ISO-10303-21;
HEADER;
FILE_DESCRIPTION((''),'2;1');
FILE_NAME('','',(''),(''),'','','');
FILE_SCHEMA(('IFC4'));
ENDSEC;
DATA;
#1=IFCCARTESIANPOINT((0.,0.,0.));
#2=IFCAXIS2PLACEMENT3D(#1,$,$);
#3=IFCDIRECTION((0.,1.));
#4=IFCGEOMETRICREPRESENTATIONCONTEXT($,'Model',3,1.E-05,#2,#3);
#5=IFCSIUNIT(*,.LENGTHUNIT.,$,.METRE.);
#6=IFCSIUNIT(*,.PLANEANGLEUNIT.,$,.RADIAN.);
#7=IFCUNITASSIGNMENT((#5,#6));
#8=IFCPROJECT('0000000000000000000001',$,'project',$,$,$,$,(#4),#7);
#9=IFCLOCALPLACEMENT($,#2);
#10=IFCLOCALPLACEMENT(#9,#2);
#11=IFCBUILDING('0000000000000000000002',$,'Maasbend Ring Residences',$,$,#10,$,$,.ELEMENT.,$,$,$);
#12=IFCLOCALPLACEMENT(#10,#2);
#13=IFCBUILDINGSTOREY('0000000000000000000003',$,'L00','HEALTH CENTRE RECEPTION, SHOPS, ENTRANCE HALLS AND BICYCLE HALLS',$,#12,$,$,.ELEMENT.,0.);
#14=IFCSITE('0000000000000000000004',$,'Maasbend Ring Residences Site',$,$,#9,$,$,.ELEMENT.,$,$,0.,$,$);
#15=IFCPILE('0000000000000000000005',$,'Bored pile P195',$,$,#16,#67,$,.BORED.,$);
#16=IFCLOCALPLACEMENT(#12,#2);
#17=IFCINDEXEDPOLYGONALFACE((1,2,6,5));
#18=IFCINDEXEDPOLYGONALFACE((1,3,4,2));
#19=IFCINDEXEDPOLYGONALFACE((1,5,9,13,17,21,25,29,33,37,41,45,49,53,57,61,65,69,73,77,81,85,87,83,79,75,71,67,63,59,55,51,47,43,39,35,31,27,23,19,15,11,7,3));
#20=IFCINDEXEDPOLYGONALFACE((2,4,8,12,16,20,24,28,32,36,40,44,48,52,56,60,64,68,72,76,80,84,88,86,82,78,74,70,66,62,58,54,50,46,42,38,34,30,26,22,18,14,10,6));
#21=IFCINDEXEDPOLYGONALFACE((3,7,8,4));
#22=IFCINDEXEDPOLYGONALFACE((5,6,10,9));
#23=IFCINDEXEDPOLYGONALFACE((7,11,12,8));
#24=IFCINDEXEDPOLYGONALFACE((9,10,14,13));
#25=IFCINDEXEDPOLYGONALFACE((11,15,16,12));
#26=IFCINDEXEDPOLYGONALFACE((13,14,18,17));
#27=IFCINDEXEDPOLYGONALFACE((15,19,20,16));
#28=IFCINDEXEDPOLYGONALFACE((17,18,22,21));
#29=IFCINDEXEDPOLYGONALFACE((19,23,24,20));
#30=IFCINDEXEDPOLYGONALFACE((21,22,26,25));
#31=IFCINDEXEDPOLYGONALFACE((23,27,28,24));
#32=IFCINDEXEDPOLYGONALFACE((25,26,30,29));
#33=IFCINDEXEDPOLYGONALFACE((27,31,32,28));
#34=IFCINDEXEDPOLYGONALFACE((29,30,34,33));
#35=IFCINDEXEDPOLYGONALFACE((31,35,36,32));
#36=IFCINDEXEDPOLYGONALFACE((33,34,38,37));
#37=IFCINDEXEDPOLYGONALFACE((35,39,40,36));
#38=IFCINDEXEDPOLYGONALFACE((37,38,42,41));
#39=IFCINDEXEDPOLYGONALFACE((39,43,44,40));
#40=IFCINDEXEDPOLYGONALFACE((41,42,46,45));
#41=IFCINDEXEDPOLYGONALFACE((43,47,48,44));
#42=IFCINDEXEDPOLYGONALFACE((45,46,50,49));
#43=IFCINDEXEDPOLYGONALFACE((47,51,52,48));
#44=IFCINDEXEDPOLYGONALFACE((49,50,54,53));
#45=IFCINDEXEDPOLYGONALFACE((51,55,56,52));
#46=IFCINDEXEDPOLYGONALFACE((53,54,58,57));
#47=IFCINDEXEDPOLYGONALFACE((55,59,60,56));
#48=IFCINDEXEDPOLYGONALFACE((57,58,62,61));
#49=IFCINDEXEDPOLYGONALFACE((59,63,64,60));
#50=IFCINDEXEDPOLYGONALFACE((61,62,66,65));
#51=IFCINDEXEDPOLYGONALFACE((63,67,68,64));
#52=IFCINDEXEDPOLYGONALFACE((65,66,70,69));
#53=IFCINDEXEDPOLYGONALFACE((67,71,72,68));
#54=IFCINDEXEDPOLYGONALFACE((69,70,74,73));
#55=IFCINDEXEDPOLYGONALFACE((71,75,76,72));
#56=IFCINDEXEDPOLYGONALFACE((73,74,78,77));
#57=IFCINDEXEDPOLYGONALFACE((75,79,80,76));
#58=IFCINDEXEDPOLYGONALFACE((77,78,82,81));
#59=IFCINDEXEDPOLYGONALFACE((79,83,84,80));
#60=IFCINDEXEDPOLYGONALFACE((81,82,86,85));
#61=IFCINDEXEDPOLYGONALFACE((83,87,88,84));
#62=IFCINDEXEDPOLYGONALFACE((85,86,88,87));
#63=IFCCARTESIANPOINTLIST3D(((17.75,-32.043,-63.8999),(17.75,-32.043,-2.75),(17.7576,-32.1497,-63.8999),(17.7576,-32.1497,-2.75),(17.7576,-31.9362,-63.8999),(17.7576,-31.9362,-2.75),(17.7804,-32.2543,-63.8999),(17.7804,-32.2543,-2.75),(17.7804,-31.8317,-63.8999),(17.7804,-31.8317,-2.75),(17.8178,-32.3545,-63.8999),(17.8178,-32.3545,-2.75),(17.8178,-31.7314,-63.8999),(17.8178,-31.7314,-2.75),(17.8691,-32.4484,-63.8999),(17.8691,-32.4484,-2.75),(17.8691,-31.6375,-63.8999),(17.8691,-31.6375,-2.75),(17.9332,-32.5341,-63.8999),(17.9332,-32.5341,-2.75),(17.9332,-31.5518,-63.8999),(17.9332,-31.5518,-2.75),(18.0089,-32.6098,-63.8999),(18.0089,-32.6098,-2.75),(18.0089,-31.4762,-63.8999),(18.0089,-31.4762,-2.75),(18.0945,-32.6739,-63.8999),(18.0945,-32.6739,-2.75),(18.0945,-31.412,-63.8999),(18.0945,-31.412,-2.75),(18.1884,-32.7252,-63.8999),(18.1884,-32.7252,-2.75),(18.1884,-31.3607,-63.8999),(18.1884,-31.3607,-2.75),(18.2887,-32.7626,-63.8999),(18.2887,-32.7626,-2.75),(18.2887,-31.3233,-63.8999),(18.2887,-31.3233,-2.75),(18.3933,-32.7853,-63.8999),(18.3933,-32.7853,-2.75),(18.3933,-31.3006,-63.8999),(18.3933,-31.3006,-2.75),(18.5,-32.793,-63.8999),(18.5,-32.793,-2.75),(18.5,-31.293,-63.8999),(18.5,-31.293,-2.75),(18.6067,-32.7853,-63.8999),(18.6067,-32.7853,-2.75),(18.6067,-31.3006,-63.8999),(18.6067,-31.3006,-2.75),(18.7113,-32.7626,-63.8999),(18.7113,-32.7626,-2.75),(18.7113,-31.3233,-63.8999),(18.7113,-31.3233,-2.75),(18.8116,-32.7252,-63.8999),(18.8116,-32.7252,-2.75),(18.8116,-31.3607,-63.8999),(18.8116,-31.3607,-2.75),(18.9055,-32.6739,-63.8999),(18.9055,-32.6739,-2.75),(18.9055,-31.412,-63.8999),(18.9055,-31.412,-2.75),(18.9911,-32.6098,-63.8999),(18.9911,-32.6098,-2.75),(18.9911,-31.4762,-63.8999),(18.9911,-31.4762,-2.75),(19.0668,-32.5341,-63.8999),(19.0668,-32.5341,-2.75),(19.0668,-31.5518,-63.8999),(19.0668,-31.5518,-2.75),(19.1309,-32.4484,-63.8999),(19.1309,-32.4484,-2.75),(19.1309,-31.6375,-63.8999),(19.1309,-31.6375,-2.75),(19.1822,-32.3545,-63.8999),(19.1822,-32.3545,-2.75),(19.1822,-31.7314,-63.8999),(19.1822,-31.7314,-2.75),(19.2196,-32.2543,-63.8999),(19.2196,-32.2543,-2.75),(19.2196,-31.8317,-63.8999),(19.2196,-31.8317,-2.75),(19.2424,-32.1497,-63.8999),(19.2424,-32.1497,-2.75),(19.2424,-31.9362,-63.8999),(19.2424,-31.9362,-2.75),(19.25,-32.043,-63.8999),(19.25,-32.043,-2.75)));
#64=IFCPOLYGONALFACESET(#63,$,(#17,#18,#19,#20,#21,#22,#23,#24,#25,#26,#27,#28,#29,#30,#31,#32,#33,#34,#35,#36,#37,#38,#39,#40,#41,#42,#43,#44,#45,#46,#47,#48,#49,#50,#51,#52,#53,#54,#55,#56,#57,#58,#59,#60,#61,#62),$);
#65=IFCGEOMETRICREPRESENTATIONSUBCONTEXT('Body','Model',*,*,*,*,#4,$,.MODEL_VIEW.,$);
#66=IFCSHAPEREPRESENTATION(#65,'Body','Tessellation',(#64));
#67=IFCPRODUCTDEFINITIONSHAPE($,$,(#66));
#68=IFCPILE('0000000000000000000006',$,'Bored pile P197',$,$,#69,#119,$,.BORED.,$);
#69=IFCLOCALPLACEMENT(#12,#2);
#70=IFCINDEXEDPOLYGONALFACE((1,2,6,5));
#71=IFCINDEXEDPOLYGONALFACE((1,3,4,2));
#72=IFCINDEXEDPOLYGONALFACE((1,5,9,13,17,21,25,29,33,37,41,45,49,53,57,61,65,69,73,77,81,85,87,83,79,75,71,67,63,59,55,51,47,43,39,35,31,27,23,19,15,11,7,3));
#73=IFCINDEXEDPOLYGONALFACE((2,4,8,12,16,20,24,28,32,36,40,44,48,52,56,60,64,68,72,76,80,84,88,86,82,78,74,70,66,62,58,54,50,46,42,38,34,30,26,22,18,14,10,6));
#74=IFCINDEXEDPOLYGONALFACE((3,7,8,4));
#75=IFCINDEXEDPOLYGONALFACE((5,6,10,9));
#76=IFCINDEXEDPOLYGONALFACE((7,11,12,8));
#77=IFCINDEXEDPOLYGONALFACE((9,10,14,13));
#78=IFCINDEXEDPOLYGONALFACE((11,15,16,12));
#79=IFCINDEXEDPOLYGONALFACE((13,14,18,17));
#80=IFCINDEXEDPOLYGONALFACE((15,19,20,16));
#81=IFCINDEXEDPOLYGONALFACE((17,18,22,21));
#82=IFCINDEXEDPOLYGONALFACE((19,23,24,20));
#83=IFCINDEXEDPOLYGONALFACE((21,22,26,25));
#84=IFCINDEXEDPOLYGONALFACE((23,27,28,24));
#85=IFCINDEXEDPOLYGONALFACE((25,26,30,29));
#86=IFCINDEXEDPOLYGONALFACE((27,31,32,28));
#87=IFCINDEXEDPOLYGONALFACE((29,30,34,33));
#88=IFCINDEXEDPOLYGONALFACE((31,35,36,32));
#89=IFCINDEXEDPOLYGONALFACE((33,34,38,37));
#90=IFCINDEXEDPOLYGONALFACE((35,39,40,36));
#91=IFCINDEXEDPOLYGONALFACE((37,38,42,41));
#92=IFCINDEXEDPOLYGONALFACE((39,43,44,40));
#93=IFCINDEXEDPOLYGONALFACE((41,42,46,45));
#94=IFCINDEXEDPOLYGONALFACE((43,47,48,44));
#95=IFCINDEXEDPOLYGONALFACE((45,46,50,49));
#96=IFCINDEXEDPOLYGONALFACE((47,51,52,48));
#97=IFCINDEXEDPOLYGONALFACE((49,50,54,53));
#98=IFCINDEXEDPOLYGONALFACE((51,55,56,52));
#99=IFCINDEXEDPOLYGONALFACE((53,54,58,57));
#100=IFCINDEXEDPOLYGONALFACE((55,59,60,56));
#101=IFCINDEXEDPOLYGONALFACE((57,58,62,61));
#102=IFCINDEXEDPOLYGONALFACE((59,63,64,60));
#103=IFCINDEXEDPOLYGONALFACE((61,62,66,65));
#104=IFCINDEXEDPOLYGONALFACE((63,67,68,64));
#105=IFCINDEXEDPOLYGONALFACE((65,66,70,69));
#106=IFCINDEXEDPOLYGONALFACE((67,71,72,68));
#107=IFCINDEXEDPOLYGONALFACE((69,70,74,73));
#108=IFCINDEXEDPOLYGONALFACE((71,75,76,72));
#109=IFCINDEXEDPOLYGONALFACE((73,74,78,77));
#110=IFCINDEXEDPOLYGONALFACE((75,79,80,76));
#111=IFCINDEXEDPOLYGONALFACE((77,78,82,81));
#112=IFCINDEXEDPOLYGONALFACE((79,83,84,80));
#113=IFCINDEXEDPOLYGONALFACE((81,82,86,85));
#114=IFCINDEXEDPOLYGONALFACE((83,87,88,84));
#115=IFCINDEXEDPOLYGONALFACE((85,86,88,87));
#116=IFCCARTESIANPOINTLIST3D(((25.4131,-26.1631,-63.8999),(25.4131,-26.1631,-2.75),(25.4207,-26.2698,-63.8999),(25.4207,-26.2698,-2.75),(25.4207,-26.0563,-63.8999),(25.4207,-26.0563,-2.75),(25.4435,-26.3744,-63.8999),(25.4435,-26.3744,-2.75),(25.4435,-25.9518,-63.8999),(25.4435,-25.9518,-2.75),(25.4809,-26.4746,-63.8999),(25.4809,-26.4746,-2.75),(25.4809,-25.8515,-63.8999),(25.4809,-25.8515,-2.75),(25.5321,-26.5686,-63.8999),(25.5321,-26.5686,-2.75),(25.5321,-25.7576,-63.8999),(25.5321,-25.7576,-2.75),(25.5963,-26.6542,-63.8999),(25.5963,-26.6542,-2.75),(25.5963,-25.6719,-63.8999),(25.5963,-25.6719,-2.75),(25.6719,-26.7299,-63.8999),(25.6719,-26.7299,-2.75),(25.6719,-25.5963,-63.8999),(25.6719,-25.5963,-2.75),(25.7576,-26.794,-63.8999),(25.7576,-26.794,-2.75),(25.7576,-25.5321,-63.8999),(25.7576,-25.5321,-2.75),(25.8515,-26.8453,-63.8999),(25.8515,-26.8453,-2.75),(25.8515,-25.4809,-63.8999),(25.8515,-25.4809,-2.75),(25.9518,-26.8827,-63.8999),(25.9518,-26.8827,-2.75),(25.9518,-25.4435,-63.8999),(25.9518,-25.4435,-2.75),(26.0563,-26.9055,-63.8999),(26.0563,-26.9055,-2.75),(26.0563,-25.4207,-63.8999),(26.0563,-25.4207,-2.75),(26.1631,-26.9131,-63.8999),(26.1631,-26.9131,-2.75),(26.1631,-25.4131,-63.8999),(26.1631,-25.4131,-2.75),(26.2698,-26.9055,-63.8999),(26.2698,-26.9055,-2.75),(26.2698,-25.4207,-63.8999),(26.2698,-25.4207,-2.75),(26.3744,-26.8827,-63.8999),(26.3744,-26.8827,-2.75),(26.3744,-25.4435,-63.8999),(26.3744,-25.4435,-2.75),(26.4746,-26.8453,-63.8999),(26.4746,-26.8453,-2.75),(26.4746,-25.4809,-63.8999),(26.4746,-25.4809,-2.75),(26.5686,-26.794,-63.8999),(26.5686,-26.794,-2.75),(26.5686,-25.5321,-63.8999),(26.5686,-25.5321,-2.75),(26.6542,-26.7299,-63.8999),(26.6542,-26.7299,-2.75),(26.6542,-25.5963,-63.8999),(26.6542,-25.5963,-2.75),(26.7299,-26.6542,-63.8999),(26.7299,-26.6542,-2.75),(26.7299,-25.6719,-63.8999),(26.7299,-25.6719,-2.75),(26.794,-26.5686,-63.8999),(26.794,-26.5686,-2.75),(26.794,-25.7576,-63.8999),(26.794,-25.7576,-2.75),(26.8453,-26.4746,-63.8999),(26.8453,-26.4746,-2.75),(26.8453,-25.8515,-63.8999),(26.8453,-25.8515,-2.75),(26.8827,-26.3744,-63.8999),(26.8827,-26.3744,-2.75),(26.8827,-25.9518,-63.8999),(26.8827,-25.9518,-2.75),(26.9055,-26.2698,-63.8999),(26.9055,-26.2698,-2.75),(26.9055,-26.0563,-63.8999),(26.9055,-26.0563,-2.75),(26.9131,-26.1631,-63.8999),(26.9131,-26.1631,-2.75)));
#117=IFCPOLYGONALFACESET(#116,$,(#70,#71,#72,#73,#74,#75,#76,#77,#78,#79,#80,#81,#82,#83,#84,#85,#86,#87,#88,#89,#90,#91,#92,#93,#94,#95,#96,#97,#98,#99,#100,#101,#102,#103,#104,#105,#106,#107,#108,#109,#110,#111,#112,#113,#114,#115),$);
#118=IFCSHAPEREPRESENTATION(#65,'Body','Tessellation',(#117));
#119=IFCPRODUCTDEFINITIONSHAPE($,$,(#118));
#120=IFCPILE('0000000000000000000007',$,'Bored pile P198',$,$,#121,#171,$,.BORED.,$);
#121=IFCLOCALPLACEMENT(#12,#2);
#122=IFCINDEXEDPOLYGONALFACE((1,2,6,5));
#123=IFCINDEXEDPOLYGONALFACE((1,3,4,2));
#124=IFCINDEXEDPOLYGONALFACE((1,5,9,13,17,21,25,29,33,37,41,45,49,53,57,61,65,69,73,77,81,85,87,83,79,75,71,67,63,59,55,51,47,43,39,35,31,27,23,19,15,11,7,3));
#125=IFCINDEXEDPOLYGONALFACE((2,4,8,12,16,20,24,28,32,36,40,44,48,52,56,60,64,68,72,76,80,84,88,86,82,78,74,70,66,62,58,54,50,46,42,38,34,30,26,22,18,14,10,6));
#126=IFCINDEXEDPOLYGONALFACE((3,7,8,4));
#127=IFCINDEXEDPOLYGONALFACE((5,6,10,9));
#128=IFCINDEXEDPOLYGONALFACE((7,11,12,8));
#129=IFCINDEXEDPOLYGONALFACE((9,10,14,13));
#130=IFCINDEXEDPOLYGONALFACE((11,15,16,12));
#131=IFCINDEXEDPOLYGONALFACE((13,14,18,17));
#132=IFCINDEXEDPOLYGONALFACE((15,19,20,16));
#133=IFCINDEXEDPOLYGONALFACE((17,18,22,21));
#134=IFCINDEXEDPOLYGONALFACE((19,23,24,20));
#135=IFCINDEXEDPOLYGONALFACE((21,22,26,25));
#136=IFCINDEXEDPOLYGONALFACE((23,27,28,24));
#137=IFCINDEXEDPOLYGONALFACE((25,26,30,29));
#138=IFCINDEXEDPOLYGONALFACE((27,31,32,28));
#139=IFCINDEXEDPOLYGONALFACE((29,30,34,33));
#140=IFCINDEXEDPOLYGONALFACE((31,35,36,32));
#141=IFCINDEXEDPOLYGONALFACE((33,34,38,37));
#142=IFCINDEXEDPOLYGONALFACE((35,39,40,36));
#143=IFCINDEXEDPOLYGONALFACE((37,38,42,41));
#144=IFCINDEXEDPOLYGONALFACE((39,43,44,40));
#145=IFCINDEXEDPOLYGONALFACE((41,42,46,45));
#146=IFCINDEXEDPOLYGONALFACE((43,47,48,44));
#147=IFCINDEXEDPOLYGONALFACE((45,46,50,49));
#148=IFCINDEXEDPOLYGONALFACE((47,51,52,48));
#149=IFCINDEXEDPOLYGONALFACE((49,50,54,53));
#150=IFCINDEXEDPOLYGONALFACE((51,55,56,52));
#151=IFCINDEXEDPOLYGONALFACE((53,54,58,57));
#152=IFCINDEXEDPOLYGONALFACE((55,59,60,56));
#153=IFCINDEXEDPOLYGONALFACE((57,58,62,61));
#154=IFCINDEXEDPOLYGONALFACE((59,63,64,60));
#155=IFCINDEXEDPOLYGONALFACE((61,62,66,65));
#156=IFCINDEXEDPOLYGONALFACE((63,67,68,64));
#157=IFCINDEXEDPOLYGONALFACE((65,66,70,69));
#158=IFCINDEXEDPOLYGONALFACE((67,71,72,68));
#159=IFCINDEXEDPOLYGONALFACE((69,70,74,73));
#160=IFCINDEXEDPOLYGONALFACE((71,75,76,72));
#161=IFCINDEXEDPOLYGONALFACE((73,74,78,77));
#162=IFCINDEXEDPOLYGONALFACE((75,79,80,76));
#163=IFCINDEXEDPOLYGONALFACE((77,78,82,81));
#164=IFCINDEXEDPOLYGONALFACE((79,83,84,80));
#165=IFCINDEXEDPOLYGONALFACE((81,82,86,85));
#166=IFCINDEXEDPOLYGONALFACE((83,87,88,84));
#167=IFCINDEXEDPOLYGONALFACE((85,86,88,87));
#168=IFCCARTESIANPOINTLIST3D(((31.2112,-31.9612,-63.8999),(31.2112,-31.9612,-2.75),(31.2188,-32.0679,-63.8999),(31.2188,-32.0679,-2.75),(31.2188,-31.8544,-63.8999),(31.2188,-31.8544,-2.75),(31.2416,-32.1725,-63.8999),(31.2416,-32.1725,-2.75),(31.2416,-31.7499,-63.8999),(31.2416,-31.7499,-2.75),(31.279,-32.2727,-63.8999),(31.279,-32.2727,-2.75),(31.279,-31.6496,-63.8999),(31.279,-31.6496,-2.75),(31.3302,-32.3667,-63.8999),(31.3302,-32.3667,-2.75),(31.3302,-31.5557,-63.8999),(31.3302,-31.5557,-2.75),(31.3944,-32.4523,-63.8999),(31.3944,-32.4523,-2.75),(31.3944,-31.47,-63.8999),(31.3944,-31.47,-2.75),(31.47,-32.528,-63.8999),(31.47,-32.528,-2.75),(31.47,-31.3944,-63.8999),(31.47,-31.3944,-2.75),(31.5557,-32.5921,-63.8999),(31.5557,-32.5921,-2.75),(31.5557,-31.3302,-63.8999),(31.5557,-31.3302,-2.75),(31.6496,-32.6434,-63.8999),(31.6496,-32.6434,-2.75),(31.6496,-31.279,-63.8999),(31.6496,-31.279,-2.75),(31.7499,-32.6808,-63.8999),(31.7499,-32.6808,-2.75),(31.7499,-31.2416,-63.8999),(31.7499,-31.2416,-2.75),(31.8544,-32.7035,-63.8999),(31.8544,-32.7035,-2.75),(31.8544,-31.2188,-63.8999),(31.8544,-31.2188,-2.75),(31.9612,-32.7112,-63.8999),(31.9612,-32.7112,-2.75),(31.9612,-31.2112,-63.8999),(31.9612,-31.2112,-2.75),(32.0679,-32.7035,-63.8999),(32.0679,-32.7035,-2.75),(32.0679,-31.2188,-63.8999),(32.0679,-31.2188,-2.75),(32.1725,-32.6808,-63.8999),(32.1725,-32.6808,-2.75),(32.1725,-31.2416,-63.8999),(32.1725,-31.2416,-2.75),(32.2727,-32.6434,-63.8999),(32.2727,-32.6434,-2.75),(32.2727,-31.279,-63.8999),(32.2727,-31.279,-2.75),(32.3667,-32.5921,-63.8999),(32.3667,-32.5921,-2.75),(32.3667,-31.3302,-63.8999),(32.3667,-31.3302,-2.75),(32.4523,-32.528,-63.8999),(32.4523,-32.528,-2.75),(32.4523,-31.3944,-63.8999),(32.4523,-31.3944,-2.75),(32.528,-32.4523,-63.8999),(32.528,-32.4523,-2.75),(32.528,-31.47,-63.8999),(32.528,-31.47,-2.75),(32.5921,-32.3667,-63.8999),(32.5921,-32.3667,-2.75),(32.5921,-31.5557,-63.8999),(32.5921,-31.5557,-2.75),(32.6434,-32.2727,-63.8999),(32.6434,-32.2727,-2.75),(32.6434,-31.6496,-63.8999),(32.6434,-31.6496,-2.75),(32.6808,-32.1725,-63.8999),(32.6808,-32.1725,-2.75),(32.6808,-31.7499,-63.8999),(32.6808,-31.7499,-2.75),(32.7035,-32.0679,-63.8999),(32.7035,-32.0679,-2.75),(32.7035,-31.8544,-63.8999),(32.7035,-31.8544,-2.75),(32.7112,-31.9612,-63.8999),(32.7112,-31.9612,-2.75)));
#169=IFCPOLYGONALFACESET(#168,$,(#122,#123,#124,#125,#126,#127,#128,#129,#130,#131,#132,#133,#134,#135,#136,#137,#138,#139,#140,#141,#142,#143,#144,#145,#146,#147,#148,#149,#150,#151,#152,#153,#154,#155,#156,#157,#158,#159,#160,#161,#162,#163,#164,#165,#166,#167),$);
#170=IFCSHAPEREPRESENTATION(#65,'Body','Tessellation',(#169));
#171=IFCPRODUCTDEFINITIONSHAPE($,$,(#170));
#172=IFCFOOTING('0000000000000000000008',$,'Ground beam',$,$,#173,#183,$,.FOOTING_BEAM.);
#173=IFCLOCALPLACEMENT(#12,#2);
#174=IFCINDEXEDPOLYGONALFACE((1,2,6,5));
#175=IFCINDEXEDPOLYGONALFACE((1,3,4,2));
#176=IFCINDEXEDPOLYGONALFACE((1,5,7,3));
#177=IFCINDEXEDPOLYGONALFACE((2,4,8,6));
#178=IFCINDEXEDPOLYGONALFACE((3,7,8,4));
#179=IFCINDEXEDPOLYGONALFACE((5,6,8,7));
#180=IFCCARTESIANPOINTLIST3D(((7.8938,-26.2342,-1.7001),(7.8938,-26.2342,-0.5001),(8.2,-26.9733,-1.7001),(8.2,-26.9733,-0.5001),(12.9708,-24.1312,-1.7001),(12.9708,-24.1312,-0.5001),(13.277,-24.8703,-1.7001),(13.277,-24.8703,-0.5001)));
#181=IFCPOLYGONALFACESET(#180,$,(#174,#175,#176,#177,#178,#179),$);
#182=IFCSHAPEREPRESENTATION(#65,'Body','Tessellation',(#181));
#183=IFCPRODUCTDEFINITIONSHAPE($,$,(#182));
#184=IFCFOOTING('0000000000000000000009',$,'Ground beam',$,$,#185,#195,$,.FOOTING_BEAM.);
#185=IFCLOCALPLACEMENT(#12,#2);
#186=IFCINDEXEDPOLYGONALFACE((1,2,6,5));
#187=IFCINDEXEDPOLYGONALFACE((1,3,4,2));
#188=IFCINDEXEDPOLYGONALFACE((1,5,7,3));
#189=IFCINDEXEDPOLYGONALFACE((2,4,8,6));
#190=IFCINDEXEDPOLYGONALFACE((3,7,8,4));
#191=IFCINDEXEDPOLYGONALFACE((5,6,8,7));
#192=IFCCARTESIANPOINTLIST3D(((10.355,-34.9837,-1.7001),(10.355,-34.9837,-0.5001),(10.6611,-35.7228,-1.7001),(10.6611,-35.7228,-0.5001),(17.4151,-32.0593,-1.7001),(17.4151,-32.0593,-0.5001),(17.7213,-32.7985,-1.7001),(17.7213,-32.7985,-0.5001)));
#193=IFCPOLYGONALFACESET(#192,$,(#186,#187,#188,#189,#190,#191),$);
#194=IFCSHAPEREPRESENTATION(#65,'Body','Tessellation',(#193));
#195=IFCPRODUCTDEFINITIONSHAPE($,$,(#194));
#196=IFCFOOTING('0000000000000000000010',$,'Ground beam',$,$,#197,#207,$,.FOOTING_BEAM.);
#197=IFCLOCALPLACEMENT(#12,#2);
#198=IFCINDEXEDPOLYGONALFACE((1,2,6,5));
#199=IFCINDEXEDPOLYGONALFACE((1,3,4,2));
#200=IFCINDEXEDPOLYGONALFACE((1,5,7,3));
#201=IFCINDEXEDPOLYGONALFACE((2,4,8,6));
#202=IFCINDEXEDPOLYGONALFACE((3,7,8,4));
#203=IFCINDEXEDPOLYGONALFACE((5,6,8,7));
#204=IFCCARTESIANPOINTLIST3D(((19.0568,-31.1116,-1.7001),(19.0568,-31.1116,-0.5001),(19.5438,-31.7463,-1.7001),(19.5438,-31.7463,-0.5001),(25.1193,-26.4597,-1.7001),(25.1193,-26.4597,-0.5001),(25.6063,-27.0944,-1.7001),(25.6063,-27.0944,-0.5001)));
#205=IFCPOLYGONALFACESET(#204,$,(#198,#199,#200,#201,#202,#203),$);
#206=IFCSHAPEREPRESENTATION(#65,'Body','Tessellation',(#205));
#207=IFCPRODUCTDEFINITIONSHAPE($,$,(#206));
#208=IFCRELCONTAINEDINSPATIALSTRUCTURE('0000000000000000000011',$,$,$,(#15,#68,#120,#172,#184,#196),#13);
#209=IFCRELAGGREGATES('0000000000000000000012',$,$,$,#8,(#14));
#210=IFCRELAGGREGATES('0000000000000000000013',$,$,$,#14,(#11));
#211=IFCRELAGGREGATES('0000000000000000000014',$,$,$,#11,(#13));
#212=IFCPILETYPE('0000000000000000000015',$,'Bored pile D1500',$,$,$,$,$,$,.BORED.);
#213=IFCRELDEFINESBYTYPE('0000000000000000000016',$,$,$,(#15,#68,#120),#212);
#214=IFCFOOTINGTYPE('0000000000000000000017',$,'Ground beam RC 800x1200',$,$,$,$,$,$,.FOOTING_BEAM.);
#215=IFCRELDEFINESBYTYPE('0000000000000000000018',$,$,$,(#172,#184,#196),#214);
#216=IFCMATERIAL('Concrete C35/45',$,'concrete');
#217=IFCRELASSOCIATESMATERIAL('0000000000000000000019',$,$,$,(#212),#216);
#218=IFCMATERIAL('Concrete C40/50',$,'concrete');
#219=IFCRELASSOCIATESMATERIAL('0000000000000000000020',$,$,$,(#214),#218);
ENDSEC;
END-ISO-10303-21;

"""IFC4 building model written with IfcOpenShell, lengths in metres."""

from ifc_helpers import new_model, si_unit, direction, frame, origin, origin_2d, place, context, subcontext, project, spatial, rectangle, circle, extrude, material, material_profile, profile_set, type_object, element, save


model = new_model("IFC4")

# Units and contexts
model_context = context("Model", 3, precision=1e-05, world=origin(), true_north=direction((0.0, 1.0)))
body_context = subcontext(model_context, "Body", "Model", "MODEL_VIEW")
ifc_project = project(units=[si_unit("LENGTHUNIT", "METRE"), si_unit("PLANEANGLEUNIT", "RADIAN")], contexts=[model_context])

# Site, building, storey
site_placement = place(None, origin())
site = spatial("IfcSite", under=ifc_project, at=site_placement, Name="Maasbend Ring Residences Site", CompositionType="ELEMENT", RefElevation=0.0)
building_placement = place(site_placement, origin())
building = spatial("IfcBuilding", under=site, at=building_placement, Name="Maasbend Ring Residences", CompositionType="ELEMENT")
storey_placement = place(building_placement, origin())
storey = spatial("IfcBuildingStorey", under=building, at=storey_placement, Name="L00", Description="HEALTH CENTRE RECEPTION, SHOPS, ENTRANCE HALLS AND BICYCLE HALLS", CompositionType="ELEMENT", Elevation=0.0)

# Piles
ifc_material_1 = material(Name="Concrete C35/45", Category="concrete")
ifc_material_profile_1 = material_profile(ifc_material_1, circle(Radius=0.75, at=origin_2d()), Name="Bored pile D1500")
ifc_profile_set_1 = profile_set([ifc_material_profile_1], Name="Concrete C35/45")
pile_type = type_object("IfcPileType", Name="Bored pile D1500", PredefinedType="BORED", material=ifc_profile_set_1)
for number, where, z_axis, x_axis, name in (
    (1, (18.5, -32.043, -2.75), (0.0, 0.0, -1.0), (1.0, 0.0, 0.0), "Bored pile P195"),
    (2, (26.1631, -26.1631, -2.75), (0.0, 0.0, -1.0), (1.0, 0.0, 0.0), "Bored pile P197"),
    (3, (31.9612, -31.9612, -2.75), (0.0, 0.0, -1.0), (1.0, 0.0, 0.0), "Bored pile P198"),
):
    element("IfcPile", number, at=place(storey_placement, frame(where, z_axis=z_axis, x_axis=x_axis)), inside=storey, type_object=pile_type, Name=name, PredefinedType="BORED", context=body_context, shape_type="SweptSolid", body=[
        extrude(circle(Radius=0.75, at=origin_2d()), origin(), (0.0, 0.0, 1.0), 61.1499),
    ])

# Footings
ifc_material_2 = material(Name="Concrete C40/50", Category="concrete")
ifc_material_profile_2 = material_profile(ifc_material_2, rectangle(XDim=0.8, YDim=1.2, at=origin_2d()), Name="Ground beam RC 800x1200")
ifc_profile_set_2 = profile_set([ifc_material_profile_2], Name="Concrete C40/50")
footing_type = type_object("IfcFootingType", Name="Ground beam RC 800x1200", PredefinedType="FOOTING_BEAM", material=ifc_profile_set_2)
footing_1_placement = place(storey_placement, frame((8.0469, -26.6038, -1.1001), z_axis=(0.923879, 0.382684, 0.0), x_axis=(-0.382684, 0.923879, 0.0)))
element("IfcFooting", 4, at=footing_1_placement, inside=storey, type_object=footing_type, Name="Ground beam", PredefinedType="FOOTING_BEAM", context=body_context, shape_type="SweptSolid", body=[
    extrude(rectangle(XDim=0.8, YDim=1.2, at=origin_2d()), origin(), (0.0, 0.0, 1.0), 5.4954),
])
footing_2_placement = place(storey_placement, frame((10.5081, -35.3533, -1.1001), z_axis=(0.923882, 0.382677, 0.0), x_axis=(-0.382677, 0.923882, 0.0)))
element("IfcFooting", 5, at=footing_2_placement, inside=storey, type_object=footing_type, Name="Ground beam", PredefinedType="FOOTING_BEAM", context=body_context, shape_type="SweptSolid", body=[
    extrude(rectangle(XDim=0.8, YDim=1.2, at=origin_2d()), origin(), (0.0, 0.0, 1.0), 7.6418),
])
footing_3_placement = place(storey_placement, frame((19.3003, -31.429, -1.1001), z_axis=(0.793357, 0.608756, 0.0), x_axis=(-0.608756, 0.793357, 0.0)))
element("IfcFooting", 6, at=footing_3_placement, inside=storey, type_object=footing_type, Name="Ground beam", PredefinedType="FOOTING_BEAM", context=body_context, shape_type="SweptSolid", body=[
    extrude(rectangle(XDim=0.8, YDim=1.2, at=origin_2d()), origin(), (0.0, 0.0, 1.0), 7.6416),
])

save(model, "model.ifc")
